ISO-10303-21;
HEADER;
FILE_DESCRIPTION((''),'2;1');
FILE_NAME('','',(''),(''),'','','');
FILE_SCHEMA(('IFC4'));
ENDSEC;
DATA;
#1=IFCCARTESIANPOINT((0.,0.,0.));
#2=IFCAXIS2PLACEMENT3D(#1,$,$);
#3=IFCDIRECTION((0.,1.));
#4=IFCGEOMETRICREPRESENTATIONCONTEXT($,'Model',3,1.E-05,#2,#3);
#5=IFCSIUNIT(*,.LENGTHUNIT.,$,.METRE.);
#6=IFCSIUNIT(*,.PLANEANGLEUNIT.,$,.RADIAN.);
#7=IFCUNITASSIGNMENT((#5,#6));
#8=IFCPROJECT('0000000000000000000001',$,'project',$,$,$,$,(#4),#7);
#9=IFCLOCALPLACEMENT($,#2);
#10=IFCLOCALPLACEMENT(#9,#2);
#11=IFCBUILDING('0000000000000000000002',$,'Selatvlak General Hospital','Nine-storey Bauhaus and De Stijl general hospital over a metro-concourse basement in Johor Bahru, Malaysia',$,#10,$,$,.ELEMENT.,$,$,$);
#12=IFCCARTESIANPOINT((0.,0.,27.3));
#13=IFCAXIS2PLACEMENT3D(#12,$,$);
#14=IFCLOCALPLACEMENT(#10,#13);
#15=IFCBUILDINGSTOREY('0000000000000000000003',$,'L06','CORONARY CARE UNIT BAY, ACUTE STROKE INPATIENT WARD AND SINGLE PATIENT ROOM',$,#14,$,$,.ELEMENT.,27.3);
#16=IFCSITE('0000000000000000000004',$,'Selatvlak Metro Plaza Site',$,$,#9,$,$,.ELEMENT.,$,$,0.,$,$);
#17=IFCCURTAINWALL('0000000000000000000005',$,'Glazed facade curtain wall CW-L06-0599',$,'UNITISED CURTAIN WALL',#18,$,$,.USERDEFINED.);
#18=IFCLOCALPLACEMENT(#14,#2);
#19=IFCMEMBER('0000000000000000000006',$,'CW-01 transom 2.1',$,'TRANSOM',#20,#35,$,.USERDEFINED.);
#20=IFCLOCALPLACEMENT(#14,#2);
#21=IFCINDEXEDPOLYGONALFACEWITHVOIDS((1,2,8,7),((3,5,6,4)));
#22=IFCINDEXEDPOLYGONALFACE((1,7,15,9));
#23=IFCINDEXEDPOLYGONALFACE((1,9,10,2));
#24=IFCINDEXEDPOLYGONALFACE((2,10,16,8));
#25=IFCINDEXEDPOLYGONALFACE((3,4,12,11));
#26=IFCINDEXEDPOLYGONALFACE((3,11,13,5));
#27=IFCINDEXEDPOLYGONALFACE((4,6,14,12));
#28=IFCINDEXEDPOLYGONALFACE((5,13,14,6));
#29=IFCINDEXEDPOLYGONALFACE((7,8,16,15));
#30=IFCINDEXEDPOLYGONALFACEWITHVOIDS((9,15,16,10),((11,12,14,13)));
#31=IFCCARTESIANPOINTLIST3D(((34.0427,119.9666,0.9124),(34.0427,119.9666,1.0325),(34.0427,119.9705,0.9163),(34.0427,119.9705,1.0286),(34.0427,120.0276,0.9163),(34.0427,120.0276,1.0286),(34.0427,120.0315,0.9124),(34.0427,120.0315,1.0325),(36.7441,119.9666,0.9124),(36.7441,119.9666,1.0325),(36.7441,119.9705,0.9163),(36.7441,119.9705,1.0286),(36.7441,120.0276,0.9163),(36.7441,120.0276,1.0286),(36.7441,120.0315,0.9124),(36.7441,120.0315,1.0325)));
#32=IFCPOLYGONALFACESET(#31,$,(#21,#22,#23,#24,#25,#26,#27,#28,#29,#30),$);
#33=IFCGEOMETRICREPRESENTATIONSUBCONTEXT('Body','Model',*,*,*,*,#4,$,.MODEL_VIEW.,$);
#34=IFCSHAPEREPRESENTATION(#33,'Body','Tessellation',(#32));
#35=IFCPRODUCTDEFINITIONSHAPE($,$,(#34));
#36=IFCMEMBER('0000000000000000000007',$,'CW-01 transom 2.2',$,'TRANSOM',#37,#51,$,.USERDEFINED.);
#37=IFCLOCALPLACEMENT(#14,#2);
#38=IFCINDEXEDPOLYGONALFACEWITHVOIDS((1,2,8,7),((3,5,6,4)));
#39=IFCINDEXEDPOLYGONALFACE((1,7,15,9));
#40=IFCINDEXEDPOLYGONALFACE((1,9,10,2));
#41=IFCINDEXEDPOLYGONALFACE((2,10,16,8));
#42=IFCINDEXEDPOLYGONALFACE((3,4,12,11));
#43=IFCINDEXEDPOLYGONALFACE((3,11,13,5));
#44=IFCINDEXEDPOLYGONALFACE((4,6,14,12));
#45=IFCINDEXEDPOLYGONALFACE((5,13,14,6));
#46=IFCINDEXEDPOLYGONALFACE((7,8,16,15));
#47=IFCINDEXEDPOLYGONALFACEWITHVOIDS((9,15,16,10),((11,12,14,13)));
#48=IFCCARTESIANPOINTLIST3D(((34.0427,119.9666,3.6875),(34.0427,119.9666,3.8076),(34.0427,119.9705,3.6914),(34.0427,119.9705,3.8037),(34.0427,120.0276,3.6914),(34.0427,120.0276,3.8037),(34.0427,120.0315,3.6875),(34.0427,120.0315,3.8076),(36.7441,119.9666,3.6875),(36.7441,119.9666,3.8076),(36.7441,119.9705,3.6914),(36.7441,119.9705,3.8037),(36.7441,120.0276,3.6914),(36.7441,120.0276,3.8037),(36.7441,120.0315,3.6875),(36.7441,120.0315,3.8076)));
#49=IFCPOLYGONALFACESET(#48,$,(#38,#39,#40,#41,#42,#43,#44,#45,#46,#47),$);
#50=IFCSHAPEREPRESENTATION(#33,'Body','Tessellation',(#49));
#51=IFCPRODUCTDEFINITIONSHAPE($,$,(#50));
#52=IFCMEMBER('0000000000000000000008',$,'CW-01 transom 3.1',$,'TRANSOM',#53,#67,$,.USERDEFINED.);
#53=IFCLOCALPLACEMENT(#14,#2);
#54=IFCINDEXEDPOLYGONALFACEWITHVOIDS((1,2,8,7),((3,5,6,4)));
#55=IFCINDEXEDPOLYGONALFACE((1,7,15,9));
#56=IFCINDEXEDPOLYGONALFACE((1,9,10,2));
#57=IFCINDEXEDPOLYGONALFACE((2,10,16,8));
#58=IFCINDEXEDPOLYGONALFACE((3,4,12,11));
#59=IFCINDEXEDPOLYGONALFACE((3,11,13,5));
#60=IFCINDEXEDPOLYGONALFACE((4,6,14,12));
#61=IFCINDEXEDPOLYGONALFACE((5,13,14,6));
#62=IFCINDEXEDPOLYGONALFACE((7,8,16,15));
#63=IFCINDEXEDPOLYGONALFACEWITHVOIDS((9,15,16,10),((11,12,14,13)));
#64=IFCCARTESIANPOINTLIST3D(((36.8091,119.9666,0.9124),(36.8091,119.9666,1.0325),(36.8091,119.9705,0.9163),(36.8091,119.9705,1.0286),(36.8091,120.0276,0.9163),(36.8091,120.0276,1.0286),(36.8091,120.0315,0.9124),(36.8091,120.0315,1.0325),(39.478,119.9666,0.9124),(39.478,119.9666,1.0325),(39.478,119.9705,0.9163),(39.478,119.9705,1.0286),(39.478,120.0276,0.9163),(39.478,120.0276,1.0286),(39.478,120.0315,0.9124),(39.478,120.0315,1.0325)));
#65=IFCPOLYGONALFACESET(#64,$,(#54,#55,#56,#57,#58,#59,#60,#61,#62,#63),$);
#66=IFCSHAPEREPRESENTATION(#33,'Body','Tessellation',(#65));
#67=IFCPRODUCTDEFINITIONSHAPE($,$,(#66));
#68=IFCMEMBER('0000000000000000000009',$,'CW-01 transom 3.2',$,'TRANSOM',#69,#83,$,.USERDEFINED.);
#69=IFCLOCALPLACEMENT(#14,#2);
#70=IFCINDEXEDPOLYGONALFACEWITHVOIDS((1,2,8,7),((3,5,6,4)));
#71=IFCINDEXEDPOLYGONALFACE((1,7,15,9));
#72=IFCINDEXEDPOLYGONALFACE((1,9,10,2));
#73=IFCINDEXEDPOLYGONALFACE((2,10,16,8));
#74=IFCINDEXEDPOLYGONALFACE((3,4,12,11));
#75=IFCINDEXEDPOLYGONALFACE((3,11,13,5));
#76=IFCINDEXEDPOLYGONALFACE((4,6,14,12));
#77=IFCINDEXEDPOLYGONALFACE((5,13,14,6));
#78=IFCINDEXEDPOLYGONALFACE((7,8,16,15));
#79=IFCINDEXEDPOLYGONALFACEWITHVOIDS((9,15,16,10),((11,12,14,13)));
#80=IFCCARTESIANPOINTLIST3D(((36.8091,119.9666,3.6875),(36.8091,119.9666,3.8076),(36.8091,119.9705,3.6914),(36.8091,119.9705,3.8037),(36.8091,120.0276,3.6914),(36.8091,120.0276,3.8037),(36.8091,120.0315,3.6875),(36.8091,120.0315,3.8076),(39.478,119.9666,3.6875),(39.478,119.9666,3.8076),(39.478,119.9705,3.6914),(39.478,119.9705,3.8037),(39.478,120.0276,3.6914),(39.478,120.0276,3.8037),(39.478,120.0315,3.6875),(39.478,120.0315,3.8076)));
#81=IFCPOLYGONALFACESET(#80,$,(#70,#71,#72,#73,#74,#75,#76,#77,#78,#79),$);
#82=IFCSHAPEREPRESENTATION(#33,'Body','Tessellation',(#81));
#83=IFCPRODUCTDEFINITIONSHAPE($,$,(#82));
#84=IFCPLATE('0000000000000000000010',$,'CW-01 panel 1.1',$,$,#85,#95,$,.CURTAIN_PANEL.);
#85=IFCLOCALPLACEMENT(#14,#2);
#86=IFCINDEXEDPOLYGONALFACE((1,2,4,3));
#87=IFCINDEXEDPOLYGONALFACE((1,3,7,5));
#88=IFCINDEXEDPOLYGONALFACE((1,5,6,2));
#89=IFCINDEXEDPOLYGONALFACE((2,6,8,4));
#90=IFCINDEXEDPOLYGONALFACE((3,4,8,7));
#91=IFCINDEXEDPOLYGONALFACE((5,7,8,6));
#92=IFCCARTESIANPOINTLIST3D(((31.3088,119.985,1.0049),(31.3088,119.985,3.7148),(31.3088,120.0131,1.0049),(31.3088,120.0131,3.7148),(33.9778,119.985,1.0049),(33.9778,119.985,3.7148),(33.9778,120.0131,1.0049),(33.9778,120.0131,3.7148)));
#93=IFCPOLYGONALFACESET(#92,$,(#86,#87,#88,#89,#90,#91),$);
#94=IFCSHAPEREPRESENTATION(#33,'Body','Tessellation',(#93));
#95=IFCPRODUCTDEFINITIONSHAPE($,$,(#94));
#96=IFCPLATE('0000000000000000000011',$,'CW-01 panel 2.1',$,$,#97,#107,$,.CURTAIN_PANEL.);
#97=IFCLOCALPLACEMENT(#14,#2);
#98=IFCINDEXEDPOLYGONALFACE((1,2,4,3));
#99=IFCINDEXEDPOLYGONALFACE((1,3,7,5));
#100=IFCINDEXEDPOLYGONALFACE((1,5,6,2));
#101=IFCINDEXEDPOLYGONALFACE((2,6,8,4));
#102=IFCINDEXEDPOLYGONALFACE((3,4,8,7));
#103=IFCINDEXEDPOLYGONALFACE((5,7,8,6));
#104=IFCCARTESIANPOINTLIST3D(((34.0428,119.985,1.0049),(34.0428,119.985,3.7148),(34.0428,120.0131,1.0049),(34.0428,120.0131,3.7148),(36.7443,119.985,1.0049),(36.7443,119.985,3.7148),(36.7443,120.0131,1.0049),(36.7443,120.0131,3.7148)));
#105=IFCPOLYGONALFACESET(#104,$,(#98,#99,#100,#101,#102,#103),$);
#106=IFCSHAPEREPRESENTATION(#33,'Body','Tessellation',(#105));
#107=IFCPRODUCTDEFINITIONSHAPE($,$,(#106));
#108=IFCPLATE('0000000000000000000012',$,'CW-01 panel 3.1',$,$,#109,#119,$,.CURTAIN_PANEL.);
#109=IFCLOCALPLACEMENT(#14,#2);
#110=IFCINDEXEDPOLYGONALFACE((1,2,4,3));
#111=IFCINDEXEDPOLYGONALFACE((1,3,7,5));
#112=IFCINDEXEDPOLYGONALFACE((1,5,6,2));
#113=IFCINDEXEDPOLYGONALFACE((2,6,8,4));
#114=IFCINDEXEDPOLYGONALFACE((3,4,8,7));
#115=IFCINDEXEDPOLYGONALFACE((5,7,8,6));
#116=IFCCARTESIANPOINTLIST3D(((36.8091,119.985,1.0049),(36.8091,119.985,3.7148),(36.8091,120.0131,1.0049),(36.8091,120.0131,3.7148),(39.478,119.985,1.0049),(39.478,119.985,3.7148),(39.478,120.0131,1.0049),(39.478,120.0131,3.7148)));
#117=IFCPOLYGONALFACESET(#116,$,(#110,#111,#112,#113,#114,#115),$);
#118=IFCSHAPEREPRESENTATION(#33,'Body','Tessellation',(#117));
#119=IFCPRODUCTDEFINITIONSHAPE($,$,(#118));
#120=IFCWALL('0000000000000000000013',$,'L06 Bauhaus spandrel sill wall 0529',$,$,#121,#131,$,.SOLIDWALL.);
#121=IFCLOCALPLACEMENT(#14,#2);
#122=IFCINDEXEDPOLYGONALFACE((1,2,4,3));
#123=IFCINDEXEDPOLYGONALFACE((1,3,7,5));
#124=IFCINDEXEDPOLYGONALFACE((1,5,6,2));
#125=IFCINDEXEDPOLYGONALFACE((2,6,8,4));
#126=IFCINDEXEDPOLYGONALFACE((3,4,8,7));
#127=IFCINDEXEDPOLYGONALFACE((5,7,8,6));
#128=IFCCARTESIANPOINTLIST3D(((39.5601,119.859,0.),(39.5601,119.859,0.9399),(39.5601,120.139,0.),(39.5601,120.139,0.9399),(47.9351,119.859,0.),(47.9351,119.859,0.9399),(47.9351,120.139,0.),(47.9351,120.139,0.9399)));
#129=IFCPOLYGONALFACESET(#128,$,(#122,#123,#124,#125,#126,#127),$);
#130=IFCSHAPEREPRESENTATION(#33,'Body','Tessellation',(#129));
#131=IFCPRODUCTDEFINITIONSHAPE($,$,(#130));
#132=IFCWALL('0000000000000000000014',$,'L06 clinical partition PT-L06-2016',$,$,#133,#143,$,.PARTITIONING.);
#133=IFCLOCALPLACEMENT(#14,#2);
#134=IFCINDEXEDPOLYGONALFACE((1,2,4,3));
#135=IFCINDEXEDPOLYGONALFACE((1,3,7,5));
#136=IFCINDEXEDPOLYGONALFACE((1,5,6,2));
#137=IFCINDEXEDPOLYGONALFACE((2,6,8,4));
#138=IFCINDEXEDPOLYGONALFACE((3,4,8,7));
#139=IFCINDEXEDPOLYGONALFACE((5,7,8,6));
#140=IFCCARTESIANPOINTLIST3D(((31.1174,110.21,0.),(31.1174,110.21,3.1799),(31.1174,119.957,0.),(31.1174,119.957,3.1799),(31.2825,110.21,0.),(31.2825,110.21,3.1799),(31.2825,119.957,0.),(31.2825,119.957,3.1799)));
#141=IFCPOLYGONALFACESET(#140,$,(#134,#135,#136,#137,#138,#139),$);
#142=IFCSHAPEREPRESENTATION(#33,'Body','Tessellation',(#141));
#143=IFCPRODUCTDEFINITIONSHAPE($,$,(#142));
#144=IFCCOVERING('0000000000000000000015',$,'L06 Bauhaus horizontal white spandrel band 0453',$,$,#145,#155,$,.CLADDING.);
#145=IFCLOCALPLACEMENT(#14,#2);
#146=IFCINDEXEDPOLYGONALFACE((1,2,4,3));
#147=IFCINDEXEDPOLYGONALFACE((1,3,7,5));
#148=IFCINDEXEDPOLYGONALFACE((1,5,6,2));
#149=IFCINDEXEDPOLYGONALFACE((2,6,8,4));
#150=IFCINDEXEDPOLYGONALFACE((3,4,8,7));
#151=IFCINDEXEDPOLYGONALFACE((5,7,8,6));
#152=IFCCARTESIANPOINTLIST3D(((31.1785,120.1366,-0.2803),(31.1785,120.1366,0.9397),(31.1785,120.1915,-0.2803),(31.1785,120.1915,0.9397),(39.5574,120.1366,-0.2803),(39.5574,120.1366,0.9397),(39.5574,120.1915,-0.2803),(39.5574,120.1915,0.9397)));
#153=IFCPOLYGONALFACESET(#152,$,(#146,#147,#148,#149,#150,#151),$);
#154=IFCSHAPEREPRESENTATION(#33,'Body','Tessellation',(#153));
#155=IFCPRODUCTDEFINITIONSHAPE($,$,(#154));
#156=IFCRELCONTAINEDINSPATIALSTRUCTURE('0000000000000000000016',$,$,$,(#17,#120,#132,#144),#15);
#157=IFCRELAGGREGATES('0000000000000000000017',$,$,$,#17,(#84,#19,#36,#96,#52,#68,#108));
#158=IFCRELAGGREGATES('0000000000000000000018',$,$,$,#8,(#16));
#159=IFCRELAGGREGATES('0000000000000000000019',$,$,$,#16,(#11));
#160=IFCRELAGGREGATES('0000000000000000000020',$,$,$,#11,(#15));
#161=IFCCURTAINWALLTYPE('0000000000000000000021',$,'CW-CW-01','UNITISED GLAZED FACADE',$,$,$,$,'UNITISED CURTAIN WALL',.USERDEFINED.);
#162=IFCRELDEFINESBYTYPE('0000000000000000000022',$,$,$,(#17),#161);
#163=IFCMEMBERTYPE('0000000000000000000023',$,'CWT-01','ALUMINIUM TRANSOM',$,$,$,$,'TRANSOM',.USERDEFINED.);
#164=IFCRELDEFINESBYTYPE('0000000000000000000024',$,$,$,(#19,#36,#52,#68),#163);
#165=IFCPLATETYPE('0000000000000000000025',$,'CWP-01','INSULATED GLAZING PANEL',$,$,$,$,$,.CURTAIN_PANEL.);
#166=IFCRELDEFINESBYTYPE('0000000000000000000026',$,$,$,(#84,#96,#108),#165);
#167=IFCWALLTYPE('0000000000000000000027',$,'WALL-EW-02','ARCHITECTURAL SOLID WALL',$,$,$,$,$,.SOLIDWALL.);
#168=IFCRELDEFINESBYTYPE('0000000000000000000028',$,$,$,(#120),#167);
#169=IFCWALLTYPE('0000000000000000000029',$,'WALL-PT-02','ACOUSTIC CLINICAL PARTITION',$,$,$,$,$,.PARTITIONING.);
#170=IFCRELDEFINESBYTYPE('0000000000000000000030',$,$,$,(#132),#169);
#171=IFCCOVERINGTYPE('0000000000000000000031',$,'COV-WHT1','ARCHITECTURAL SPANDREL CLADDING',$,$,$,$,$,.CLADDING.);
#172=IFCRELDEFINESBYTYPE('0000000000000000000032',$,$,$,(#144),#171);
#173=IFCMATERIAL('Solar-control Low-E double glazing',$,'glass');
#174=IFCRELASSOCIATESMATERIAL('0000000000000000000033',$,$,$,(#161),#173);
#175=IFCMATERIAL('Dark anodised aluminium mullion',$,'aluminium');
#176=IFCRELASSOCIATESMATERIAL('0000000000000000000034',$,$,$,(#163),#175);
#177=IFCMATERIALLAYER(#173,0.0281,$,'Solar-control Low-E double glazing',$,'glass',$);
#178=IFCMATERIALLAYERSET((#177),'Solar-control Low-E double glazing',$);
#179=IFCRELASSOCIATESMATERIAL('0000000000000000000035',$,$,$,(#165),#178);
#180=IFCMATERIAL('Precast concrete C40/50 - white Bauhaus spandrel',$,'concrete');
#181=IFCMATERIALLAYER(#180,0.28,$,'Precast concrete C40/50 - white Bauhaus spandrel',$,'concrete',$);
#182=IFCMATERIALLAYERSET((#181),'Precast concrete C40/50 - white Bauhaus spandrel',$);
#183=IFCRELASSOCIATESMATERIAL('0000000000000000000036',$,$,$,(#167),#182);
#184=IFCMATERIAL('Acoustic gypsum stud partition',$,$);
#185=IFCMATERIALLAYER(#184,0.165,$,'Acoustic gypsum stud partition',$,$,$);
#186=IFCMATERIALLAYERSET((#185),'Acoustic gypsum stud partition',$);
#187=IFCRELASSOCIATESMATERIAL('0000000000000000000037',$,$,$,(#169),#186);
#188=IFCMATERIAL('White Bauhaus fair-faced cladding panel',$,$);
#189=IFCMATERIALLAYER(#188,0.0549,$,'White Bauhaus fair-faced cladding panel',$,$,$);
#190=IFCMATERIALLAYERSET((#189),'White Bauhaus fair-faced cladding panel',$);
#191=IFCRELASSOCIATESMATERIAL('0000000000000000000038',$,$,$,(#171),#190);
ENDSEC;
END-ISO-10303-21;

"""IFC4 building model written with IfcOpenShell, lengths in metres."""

from ifc_helpers import new_model, si_unit, direction, frame, frame_2d, origin, origin_2d, place, context, subcontext, project, spatial, rectangle, hollow_rectangle, extrude, material, layer, layer_set, material_profile, profile_set, type_object, element, aggregate, save


model = new_model("IFC4")

# Units and contexts
model_context = context("Model", 3, precision=1e-05, world=origin(), true_north=direction((0.0, 1.0)))
body_context = subcontext(model_context, "Body", "Model", "MODEL_VIEW")
ifc_project = project(units=[si_unit("LENGTHUNIT", "METRE"), si_unit("PLANEANGLEUNIT", "RADIAN")], contexts=[model_context])

# Site, building, storey
site_placement = place(None, origin())
site = spatial("IfcSite", under=ifc_project, at=site_placement, Name="Selatvlak Metro Plaza Site", CompositionType="ELEMENT", RefElevation=0.0)
building_placement = place(site_placement, origin())
building = spatial("IfcBuilding", under=site, at=building_placement, Name="Selatvlak General Hospital", Description="Nine-storey Bauhaus and De Stijl general hospital over a metro-concourse basement in Johor Bahru, Malaysia", CompositionType="ELEMENT")
storey_placement = place(building_placement, frame((0.0, 0.0, 27.3)))
storey = spatial("IfcBuildingStorey", under=building, at=storey_placement, Name="L06", Description="CORONARY CARE UNIT BAY, ACUTE STROKE INPATIENT WARD AND SINGLE PATIENT ROOM", CompositionType="ELEMENT", Elevation=27.3)

# Curtain wall, members, plates
ifc_material_1 = material(Name="Solar-control Low-E double glazing", Category="glass")
curtain_wall_type = type_object("IfcCurtainWallType", Name="CW-CW-01", Description="UNITISED GLAZED FACADE", ElementType="UNITISED CURTAIN WALL", PredefinedType="USERDEFINED", material=ifc_material_1)
curtain_wall_placement = place(storey_placement, origin())
curtain_wall = element("IfcCurtainWall", 1, at=curtain_wall_placement, inside=storey, type_object=curtain_wall_type, Name="Glazed facade curtain wall CW-L06-0599", ObjectType="UNITISED CURTAIN WALL", PredefinedType="USERDEFINED")
ifc_material_2 = material(Name="Dark anodised aluminium mullion", Category="aluminium")
ifc_material_profile_1 = material_profile(ifc_material_2, hollow_rectangle(XDim=0.0649, YDim=0.1201, WallThickness=0.0039, at=origin_2d()), Name="AL-TRN 65x120x4")
ifc_profile_set_1 = profile_set([ifc_material_profile_1], Name="Dark anodised aluminium mullion")
member_type_1 = type_object("IfcMemberType", Name="CWT-01", Description="ALUMINIUM TRANSOM", ElementType="TRANSOM", PredefinedType="USERDEFINED", material=ifc_profile_set_1)
member_1_placement = place(storey_placement, frame((34.0427, 119.999, 0.9724), z_axis=(1.0, 0.0, 0.0), x_axis=(0.0, 1.0, 0.0)))
member_1 = element("IfcMember", 2, at=member_1_placement, type_object=member_type_1, Name="CW-01 transom 2.1", ObjectType="TRANSOM", PredefinedType="USERDEFINED", context=body_context, shape_type="SweptSolid", body=[
    extrude(hollow_rectangle(XDim=0.0649, YDim=0.1201, WallThickness=0.0039, at=origin_2d()), origin(), (0.0, 0.0, 1.0), 2.7014),
])
member_2_placement = place(storey_placement, frame((34.0427, 119.999, 3.7476), z_axis=(1.0, 0.0, 0.0), x_axis=(0.0, 1.0, 0.0)))
member_2 = element("IfcMember", 3, at=member_2_placement, type_object=member_type_1, Name="CW-01 transom 2.2", ObjectType="TRANSOM", PredefinedType="USERDEFINED", context=body_context, shape_type="SweptSolid", body=[
    extrude(hollow_rectangle(XDim=0.0649, YDim=0.1201, WallThickness=0.0039, at=origin_2d()), origin(), (0.0, 0.0, 1.0), 2.7014),
])
member_3_placement = place(storey_placement, frame((36.8091, 119.999, 0.9724), z_axis=(1.0, 0.0, 0.0), x_axis=(0.0, 1.0, 0.0)))
member_3 = element("IfcMember", 4, at=member_3_placement, type_object=member_type_1, Name="CW-01 transom 3.1", ObjectType="TRANSOM", PredefinedType="USERDEFINED", context=body_context, shape_type="SweptSolid", body=[
    extrude(hollow_rectangle(XDim=0.0649, YDim=0.1201, WallThickness=0.0039, at=origin_2d()), origin(), (0.0, 0.0, 1.0), 2.6689),
])
member_4_placement = place(storey_placement, frame((36.8091, 119.999, 3.7476), z_axis=(1.0, 0.0, 0.0), x_axis=(0.0, 1.0, 0.0)))
member_4 = element("IfcMember", 5, at=member_4_placement, type_object=member_type_1, Name="CW-01 transom 3.2", ObjectType="TRANSOM", PredefinedType="USERDEFINED", context=body_context, shape_type="SweptSolid", body=[
    extrude(hollow_rectangle(XDim=0.0649, YDim=0.1201, WallThickness=0.0039, at=origin_2d()), origin(), (0.0, 0.0, 1.0), 2.6689),
])
ifc_layer_1 = layer(ifc_material_1, 0.0281, Name="Solar-control Low-E double glazing", Category="glass")
ifc_layer_set_1 = layer_set([ifc_layer_1], Name="Solar-control Low-E double glazing")
plate_type = type_object("IfcPlateType", Name="CWP-01", Description="INSULATED GLAZING PANEL", PredefinedType="CURTAIN_PANEL", material=ifc_layer_set_1)
plate_1_placement = place(storey_placement, frame((32.6433, 119.999, 1.0049), z_axis=(0.0, 0.0, 1.0), x_axis=(1.0, 0.0, 0.0)))
plate_1 = element("IfcPlate", 6, at=plate_1_placement, type_object=plate_type, Name="CW-01 panel 1.1", PredefinedType="CURTAIN_PANEL", context=body_context, shape_type="SweptSolid", body=[
    extrude(rectangle(XDim=2.6689, YDim=0.0281, at=origin_2d()), origin(), (0.0, 0.0, 1.0), 2.71),
])
plate_2_placement = place(storey_placement, frame((35.3936, 119.999, 1.0049), z_axis=(0.0, 0.0, 1.0), x_axis=(1.0, 0.0, 0.0)))
plate_2 = element("IfcPlate", 7, at=plate_2_placement, type_object=plate_type, Name="CW-01 panel 2.1", PredefinedType="CURTAIN_PANEL", context=body_context, shape_type="SweptSolid", body=[
    extrude(rectangle(XDim=2.7014, YDim=0.0281, at=origin_2d()), origin(), (0.0, 0.0, 1.0), 2.71),
])
plate_3_placement = place(storey_placement, frame((38.1436, 119.999, 1.0049), z_axis=(0.0, 0.0, 1.0), x_axis=(1.0, 0.0, 0.0)))
plate_3 = element("IfcPlate", 8, at=plate_3_placement, type_object=plate_type, Name="CW-01 panel 3.1", PredefinedType="CURTAIN_PANEL", context=body_context, shape_type="SweptSolid", body=[
    extrude(rectangle(XDim=2.6689, YDim=0.0281, at=origin_2d()), origin(), (0.0, 0.0, 1.0), 2.71),
])
aggregate(curtain_wall, [plate_1, member_1, member_2, plate_2, member_3, member_4, plate_3])

# Wall
ifc_material_3 = material(Name="Precast concrete C40/50 - white Bauhaus spandrel", Category="concrete")
ifc_layer_2 = layer(ifc_material_3, 0.28, Name="Precast concrete C40/50 - white Bauhaus spandrel", Category="concrete")
ifc_layer_set_2 = layer_set([ifc_layer_2], Name="Precast concrete C40/50 - white Bauhaus spandrel")
wall_type_1 = type_object("IfcWallType", Name="WALL-EW-02", Description="ARCHITECTURAL SOLID WALL", PredefinedType="SOLIDWALL", material=ifc_layer_set_2)
wall_1_placement = place(storey_placement, frame((39.5601, 119.999, 0.0), z_axis=(0.0, 0.0, 1.0), x_axis=(1.0, 0.0, 0.0)))
element("IfcWall", 9, at=wall_1_placement, inside=storey, type_object=wall_type_1, Name="L06 Bauhaus spandrel sill wall 0529", PredefinedType="SOLIDWALL", context=body_context, shape_type="SweptSolid", body=[
    extrude(rectangle(XDim=8.375, YDim=0.28, at=frame_2d((4.1875, 0.0))), origin(), (0.0, 0.0, 1.0), 0.9399),
])

# Shared definitions
ifc_material_4 = material(Name="Acoustic gypsum stud partition")

# Wall
ifc_layer_3 = layer(ifc_material_4, 0.165, Name="Acoustic gypsum stud partition")
ifc_layer_set_3 = layer_set([ifc_layer_3], Name="Acoustic gypsum stud partition")
wall_type_2 = type_object("IfcWallType", Name="WALL-PT-02", Description="ACOUSTIC CLINICAL PARTITION", PredefinedType="PARTITIONING", material=ifc_layer_set_3)
wall_2_placement = place(storey_placement, frame((31.2, 119.957, 0.0), z_axis=(0.0, 0.0, 1.0), x_axis=(0.0, -1.0, 0.0)))
element("IfcWall", 10, at=wall_2_placement, inside=storey, type_object=wall_type_2, Name="L06 clinical partition PT-L06-2016", PredefinedType="PARTITIONING", context=body_context, shape_type="SweptSolid", body=[
    extrude(rectangle(XDim=9.7471, YDim=0.165, at=frame_2d((4.8735, 0.0))), origin(), (0.0, 0.0, 1.0), 3.1799),
])

# Covering
ifc_material_5 = material(Name="White Bauhaus fair-faced cladding panel")
ifc_layer_4 = layer(ifc_material_5, 0.0549, Name="White Bauhaus fair-faced cladding panel")
ifc_layer_set_4 = layer_set([ifc_layer_4], Name="White Bauhaus fair-faced cladding panel")
covering_type = type_object("IfcCoveringType", Name="COV-WHT1", Description="ARCHITECTURAL SPANDREL CLADDING", PredefinedType="CLADDING", material=ifc_layer_set_4)
covering_placement = place(storey_placement, frame((35.3679, 120.1641, -0.2803), z_axis=(0.0, 0.0, 1.0), x_axis=(1.0, 0.0, 0.0)))
element("IfcCovering", 11, at=covering_placement, inside=storey, type_object=covering_type, Name="L06 Bauhaus horizontal white spandrel band 0453", PredefinedType="CLADDING", context=body_context, shape_type="SweptSolid", body=[
    extrude(rectangle(XDim=8.3789, YDim=0.0549, at=origin_2d()), origin(), (0.0, 0.0, 1.0), 1.22),
])

save(model, "model.ifc")
